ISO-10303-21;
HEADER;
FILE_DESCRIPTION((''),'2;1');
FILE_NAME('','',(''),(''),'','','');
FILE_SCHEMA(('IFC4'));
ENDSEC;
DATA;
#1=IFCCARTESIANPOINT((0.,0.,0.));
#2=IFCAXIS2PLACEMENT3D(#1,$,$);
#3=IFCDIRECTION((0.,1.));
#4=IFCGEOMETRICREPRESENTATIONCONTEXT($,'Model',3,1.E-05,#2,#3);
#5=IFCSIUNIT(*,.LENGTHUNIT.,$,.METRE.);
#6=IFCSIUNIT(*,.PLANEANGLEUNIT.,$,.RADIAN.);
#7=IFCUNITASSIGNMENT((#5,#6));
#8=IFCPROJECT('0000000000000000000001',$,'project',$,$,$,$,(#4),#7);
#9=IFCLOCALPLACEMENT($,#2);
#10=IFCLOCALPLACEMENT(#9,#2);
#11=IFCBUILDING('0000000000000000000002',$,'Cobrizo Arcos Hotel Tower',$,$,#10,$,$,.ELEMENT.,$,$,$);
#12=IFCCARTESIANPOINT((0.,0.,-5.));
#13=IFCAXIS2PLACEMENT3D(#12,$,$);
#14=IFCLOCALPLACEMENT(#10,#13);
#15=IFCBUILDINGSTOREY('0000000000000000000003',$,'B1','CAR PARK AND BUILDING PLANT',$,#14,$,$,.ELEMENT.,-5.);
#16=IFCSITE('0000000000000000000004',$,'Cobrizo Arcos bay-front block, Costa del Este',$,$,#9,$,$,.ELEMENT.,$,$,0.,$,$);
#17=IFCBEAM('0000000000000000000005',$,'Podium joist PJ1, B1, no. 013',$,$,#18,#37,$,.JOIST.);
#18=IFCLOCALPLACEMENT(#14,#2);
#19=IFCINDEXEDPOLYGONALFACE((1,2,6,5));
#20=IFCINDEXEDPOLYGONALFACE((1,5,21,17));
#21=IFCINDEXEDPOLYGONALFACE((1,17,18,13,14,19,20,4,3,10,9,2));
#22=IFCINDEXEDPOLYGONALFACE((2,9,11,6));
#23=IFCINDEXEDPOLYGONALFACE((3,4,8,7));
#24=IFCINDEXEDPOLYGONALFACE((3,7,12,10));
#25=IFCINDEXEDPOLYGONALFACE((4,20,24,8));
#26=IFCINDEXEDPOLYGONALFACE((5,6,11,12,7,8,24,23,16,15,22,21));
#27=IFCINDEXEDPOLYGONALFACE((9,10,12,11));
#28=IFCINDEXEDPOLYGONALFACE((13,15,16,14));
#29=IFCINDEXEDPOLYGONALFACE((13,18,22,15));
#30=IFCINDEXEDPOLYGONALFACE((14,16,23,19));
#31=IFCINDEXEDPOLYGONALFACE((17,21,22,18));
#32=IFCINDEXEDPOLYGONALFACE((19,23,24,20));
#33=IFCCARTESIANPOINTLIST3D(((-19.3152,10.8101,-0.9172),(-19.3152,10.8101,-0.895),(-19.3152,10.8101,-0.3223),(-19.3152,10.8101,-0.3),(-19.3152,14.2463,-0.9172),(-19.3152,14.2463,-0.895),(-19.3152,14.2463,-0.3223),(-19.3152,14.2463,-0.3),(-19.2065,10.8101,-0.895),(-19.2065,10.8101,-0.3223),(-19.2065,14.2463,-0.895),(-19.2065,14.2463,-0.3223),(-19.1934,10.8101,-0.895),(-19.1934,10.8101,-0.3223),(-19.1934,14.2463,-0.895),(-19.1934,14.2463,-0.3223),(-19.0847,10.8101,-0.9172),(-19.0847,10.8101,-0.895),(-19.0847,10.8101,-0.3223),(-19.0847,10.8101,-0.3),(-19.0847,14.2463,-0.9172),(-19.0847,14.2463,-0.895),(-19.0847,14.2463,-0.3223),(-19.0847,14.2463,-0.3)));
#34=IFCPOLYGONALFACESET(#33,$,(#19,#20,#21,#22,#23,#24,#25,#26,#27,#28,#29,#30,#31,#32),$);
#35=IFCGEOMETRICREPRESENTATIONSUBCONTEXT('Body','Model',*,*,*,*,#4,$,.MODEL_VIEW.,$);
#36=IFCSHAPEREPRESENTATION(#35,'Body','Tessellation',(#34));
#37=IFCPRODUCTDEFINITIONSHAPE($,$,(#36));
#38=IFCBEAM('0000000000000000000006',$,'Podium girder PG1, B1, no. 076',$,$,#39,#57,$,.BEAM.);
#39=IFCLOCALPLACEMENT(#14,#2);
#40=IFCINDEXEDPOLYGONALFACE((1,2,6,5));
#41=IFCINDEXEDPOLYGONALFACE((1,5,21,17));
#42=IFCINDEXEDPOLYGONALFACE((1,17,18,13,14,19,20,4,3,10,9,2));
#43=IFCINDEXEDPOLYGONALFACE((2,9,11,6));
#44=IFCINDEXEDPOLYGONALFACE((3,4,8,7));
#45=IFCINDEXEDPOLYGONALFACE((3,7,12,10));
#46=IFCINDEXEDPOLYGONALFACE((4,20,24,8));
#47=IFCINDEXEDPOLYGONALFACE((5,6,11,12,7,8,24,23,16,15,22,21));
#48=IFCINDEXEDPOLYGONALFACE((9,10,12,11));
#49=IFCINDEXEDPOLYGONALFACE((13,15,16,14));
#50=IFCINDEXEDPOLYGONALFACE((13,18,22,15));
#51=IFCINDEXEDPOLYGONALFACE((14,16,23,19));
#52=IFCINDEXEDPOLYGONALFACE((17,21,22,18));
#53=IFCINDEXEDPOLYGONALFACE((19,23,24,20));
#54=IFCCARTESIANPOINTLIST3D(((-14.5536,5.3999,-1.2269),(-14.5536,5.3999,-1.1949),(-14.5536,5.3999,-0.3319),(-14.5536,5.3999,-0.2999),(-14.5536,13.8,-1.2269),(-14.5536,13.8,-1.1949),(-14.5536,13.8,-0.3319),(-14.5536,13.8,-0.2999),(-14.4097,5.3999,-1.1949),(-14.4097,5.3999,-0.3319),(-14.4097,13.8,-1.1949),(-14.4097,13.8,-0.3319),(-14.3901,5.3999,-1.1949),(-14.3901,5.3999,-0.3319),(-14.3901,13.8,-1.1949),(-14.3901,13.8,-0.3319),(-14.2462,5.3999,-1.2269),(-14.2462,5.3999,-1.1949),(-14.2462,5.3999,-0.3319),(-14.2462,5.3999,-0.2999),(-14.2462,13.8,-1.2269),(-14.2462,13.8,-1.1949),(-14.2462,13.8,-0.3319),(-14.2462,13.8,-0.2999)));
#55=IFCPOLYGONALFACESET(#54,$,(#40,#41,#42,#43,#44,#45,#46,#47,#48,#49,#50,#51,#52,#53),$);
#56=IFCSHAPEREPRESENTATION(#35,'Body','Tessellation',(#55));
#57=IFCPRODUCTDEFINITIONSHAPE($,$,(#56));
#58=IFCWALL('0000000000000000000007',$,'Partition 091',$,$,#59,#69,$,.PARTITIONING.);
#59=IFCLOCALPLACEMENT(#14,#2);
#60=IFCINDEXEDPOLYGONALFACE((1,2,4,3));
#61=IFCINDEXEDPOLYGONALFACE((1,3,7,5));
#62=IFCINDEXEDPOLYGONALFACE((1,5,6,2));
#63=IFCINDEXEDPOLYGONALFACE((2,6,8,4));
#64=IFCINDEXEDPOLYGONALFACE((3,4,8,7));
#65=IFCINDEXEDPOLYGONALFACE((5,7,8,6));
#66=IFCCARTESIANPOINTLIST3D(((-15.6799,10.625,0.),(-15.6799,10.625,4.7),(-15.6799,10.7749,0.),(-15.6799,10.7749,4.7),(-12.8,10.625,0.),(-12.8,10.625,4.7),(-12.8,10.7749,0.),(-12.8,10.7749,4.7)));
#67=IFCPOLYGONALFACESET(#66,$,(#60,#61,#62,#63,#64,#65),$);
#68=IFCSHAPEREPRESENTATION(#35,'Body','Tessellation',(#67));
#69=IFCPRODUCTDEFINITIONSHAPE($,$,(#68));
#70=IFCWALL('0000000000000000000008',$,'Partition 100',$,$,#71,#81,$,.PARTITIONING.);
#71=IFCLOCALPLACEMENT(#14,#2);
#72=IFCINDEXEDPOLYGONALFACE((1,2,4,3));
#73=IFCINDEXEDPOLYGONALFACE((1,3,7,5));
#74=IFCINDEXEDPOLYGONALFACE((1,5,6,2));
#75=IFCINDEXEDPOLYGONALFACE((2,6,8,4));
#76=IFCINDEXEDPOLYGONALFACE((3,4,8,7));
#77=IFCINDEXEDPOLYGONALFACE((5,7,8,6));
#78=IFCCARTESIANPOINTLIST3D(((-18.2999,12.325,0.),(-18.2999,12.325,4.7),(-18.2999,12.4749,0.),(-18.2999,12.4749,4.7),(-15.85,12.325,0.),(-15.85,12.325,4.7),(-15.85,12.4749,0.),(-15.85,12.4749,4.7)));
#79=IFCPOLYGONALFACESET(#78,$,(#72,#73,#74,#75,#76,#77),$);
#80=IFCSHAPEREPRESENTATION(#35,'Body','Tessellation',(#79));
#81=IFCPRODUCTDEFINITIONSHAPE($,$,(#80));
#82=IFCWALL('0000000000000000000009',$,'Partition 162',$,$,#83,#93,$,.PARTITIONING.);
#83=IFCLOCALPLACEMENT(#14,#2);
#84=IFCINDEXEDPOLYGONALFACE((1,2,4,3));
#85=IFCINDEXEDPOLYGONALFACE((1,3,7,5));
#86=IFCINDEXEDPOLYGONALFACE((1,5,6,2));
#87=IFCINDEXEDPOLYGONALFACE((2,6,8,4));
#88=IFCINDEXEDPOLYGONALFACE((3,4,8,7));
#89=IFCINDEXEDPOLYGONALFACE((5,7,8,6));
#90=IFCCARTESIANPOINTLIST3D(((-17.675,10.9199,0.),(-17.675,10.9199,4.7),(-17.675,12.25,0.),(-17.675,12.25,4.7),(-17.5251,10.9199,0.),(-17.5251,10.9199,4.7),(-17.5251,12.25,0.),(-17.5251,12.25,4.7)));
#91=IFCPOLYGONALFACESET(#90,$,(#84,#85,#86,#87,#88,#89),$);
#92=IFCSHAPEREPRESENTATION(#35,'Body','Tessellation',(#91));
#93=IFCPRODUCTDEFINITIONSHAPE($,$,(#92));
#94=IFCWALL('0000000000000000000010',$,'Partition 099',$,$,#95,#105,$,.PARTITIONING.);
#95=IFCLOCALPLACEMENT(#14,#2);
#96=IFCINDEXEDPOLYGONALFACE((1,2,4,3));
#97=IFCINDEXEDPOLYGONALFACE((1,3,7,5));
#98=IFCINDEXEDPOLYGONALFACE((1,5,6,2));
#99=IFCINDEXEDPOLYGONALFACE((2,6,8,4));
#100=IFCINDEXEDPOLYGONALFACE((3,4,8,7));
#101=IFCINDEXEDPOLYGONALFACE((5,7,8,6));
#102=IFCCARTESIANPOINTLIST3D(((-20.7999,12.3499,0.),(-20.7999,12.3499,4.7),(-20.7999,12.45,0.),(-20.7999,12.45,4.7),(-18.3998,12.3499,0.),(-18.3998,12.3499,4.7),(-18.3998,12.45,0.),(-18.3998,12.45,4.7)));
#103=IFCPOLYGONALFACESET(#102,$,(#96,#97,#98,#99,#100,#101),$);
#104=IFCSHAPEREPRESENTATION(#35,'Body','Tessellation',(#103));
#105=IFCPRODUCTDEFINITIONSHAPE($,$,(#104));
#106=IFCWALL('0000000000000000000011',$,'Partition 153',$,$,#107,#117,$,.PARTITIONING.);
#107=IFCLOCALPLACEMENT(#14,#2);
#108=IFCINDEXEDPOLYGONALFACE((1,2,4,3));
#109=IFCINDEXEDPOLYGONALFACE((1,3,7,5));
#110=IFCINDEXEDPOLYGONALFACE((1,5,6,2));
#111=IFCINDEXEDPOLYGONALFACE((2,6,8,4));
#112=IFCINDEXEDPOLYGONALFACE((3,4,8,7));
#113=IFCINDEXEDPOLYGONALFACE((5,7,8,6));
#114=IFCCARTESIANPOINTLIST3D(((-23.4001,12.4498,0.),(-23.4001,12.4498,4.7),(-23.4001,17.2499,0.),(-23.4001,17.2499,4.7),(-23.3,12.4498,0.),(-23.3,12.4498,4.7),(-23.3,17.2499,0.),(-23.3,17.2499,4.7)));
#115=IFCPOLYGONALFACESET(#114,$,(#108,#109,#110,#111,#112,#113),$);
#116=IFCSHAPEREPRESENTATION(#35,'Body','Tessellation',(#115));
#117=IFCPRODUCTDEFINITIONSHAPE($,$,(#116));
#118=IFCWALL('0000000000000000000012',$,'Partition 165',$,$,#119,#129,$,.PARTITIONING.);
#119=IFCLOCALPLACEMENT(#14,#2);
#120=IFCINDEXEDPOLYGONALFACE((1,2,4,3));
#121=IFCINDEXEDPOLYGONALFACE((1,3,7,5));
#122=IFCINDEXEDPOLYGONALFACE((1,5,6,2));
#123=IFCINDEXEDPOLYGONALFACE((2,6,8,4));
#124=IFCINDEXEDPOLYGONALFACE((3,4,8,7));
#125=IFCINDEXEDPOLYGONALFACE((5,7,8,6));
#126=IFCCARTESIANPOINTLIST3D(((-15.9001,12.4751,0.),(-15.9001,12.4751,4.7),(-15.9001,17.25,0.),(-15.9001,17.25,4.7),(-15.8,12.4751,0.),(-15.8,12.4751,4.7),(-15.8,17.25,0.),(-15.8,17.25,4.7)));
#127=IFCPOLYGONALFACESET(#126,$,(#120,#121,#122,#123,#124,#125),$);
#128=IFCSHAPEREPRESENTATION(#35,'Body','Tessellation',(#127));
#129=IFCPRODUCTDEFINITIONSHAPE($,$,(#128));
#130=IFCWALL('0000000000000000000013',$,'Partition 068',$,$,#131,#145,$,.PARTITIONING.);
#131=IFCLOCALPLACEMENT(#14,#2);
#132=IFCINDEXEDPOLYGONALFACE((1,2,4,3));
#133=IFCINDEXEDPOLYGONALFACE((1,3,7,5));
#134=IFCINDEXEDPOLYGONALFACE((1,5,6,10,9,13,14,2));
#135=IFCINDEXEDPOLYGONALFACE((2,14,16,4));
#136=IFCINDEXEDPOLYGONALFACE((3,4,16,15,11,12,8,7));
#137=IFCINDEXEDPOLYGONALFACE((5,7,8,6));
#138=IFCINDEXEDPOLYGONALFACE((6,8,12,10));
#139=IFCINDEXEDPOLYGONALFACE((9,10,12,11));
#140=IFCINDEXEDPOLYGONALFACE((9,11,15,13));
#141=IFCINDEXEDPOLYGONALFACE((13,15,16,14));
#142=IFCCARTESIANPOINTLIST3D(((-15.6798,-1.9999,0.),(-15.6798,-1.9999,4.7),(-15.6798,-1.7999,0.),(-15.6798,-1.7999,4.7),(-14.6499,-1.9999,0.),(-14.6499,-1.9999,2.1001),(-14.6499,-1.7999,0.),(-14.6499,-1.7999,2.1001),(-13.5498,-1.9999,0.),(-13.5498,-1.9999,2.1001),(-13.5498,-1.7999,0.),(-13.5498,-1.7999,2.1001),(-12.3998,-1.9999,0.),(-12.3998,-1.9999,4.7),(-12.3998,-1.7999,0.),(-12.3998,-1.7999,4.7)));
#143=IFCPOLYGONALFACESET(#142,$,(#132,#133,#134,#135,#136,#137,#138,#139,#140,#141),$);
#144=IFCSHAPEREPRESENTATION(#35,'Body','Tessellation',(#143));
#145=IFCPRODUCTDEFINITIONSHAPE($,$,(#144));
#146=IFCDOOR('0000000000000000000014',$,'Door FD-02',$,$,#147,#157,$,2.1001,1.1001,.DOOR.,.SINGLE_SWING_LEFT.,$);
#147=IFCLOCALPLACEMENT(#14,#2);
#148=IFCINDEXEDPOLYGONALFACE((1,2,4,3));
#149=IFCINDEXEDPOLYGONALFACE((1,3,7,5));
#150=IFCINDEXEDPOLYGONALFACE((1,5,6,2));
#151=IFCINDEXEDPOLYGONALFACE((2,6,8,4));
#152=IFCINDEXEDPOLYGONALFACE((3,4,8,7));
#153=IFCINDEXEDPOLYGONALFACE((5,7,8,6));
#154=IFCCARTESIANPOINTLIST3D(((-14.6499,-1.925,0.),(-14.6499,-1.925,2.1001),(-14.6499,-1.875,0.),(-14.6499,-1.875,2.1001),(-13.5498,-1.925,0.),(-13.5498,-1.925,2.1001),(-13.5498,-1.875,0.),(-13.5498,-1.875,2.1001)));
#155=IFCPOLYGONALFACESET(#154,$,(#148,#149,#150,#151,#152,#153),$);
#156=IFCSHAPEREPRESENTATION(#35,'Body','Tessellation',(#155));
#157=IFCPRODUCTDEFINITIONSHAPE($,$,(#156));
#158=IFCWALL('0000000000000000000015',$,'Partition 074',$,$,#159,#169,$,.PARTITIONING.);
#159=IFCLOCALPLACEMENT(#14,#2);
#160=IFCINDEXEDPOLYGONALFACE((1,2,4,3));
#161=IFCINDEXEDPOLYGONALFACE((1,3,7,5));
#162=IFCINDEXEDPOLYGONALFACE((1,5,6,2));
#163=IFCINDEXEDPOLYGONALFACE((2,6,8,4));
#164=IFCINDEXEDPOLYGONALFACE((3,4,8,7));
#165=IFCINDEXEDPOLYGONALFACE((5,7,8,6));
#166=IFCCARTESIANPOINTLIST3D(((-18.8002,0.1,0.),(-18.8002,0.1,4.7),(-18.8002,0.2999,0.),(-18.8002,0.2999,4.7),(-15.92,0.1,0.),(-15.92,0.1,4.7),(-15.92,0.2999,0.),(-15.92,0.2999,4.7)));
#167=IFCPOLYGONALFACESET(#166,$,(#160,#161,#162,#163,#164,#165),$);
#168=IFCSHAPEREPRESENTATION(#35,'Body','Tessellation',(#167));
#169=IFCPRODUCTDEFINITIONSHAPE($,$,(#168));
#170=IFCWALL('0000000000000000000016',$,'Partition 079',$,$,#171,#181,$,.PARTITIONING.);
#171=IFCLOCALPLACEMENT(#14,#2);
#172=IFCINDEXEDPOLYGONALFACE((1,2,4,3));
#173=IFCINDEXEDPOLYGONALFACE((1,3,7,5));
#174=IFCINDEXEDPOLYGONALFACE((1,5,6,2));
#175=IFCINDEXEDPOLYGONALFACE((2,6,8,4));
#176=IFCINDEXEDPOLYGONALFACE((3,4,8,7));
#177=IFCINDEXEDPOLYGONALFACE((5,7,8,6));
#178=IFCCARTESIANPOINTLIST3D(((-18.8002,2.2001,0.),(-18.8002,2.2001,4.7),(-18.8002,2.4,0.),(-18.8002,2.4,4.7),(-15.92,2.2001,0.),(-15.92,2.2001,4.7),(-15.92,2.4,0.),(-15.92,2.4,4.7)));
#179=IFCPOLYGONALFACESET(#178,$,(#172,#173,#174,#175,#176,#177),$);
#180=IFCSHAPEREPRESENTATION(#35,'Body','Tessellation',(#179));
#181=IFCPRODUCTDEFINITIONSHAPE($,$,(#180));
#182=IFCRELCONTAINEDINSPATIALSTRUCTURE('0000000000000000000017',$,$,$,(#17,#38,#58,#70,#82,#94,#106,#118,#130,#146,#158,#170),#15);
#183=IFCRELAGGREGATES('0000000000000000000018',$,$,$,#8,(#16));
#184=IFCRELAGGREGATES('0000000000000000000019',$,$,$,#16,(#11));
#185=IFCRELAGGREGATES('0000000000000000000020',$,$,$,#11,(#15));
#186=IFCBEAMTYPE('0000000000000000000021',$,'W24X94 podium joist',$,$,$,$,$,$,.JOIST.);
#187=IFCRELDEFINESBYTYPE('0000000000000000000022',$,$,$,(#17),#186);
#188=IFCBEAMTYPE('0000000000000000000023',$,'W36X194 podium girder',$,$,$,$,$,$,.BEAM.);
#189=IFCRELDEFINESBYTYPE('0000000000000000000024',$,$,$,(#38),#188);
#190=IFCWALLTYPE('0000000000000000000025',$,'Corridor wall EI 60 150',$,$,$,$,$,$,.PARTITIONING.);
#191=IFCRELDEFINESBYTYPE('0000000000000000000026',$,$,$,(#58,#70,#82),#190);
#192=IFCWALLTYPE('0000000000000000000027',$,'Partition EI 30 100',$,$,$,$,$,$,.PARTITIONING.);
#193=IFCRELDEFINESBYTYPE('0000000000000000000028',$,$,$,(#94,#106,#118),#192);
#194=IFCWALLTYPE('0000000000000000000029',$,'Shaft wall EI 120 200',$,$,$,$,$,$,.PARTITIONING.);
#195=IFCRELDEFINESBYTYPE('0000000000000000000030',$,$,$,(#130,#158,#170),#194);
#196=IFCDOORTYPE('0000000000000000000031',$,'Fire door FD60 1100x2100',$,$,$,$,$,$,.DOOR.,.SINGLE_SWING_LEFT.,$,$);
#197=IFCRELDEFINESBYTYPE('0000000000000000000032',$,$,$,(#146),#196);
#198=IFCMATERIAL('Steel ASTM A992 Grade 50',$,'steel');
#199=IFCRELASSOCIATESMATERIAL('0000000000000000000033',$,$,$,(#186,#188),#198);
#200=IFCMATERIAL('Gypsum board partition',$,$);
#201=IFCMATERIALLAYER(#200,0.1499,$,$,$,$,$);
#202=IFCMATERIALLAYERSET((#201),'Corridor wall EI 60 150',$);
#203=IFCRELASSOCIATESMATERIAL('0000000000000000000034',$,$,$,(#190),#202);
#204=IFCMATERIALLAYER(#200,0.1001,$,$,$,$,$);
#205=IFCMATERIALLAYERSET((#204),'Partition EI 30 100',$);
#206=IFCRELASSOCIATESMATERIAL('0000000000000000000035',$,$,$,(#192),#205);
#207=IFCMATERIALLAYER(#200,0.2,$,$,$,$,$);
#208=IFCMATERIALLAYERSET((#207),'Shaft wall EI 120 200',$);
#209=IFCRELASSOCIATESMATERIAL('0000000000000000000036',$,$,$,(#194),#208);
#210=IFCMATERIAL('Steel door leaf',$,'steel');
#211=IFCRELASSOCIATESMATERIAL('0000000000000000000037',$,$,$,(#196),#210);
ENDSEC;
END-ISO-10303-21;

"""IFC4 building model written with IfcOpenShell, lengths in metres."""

from ifc_helpers import new_model, si_unit, direction, frame, frame_2d, origin, origin_2d, place, context, subcontext, project, spatial, rectangle, i_section, extrude, material, layer, layer_set, material_profile, profile_set, type_object, element, fill, save


model = new_model("IFC4")

# Units and contexts
model_context = context("Model", 3, precision=1e-05, world=origin(), true_north=direction((0.0, 1.0)))
body_context = subcontext(model_context, "Body", "Model", "MODEL_VIEW")
ifc_project = project(units=[si_unit("LENGTHUNIT", "METRE"), si_unit("PLANEANGLEUNIT", "RADIAN")], contexts=[model_context])

# Site, building, storey
site_placement = place(None, origin())
site = spatial("IfcSite", under=ifc_project, at=site_placement, Name="Cobrizo Arcos bay-front block, Costa del Este", CompositionType="ELEMENT", RefElevation=0.0)
building_placement = place(site_placement, origin())
building = spatial("IfcBuilding", under=site, at=building_placement, Name="Cobrizo Arcos Hotel Tower", CompositionType="ELEMENT")
storey_placement = place(building_placement, frame((0.0, 0.0, -5.0)))
storey = spatial("IfcBuildingStorey", under=building, at=storey_placement, Name="B1", Description="CAR PARK AND BUILDING PLANT", CompositionType="ELEMENT", Elevation=-5.0)

# Beams
ifc_material_1 = material(Name="Steel ASTM A992 Grade 50", Category="steel")
ifc_material_profile_1 = material_profile(ifc_material_1, i_section(OverallWidth=0.2305, OverallDepth=0.6172, WebThickness=0.0132, FlangeThickness=0.0222, at=origin_2d()), Name="W24X94")
ifc_profile_set_1 = profile_set([ifc_material_profile_1], Name="Steel ASTM A992 Grade 50")
beam_type_1 = type_object("IfcBeamType", Name="W24X94 podium joist", PredefinedType="JOIST", material=ifc_profile_set_1)
beam_1_placement = place(storey_placement, frame((-19.2, 10.8101, -0.6086), z_axis=(0.0, 1.0, 0.0), x_axis=(-1.0, 0.0, 0.0)))
element("IfcBeam", 1, at=beam_1_placement, inside=storey, type_object=beam_type_1, Name="Podium joist PJ1, B1, no. 013", PredefinedType="JOIST", context=body_context, shape_type="SweptSolid", body=[
    extrude(i_section(OverallWidth=0.2305, OverallDepth=0.6172, WebThickness=0.0132, FlangeThickness=0.0222, at=origin_2d()), origin(), (0.0, 0.0, 1.0), 3.4363),
])
ifc_material_profile_2 = material_profile(ifc_material_1, i_section(OverallWidth=0.3074, OverallDepth=0.927, WebThickness=0.0195, FlangeThickness=0.032, at=origin_2d()), Name="W36X194")
ifc_profile_set_2 = profile_set([ifc_material_profile_2], Name="Steel ASTM A992 Grade 50")
beam_type_2 = type_object("IfcBeamType", Name="W36X194 podium girder", PredefinedType="BEAM", material=ifc_profile_set_2)
beam_2_placement = place(storey_placement, frame((-14.3999, 5.3999, -0.7634), z_axis=(0.0, 1.0, 0.0), x_axis=(-1.0, 0.0, 0.0)))
element("IfcBeam", 2, at=beam_2_placement, inside=storey, type_object=beam_type_2, Name="Podium girder PG1, B1, no. 076", PredefinedType="BEAM", context=body_context, shape_type="SweptSolid", body=[
    extrude(i_section(OverallWidth=0.3074, OverallDepth=0.927, WebThickness=0.0195, FlangeThickness=0.032, at=origin_2d()), origin(), (0.0, 0.0, 1.0), 8.4001),
])

# Walls
ifc_material_2 = material(Name="Gypsum board partition")
ifc_layer_1 = layer(ifc_material_2, 0.1499)
ifc_layer_set_1 = layer_set([ifc_layer_1], Name="Corridor wall EI 60 150")
wall_type_1 = type_object("IfcWallType", Name="Corridor wall EI 60 150", PredefinedType="PARTITIONING", material=ifc_layer_set_1)
wall_1_placement = place(storey_placement, frame((-15.6799, 10.7, 0.0), z_axis=(0.0, 0.0, 1.0), x_axis=(1.0, 0.0, 0.0)))
element("IfcWall", 3, at=wall_1_placement, inside=storey, type_object=wall_type_1, Name="Partition 091", PredefinedType="PARTITIONING", context=body_context, shape_type="SweptSolid", body=[
    extrude(rectangle(XDim=2.8799, YDim=0.1499, at=frame_2d((1.4399, 0.0))), origin(), (0.0, 0.0, 1.0), 4.7),
])
wall_2_placement = place(storey_placement, frame((-18.3, 12.3999, 0.0), z_axis=(0.0, 0.0, 1.0), x_axis=(1.0, 0.0, 0.0)))
element("IfcWall", 4, at=wall_2_placement, inside=storey, type_object=wall_type_1, Name="Partition 100", PredefinedType="PARTITIONING", context=body_context, shape_type="SweptSolid", body=[
    extrude(rectangle(XDim=2.45, YDim=0.1499, at=frame_2d((1.2251, 0.0))), origin(), (0.0, 0.0, 1.0), 4.7),
])
wall_3_placement = place(storey_placement, frame((-17.6001, 10.9199, 0.0), z_axis=(0.0, 0.0, 1.0), x_axis=(0.0, 1.0, 0.0)))
element("IfcWall", 5, at=wall_3_placement, inside=storey, type_object=wall_type_1, Name="Partition 162", PredefinedType="PARTITIONING", context=body_context, shape_type="SweptSolid", body=[
    extrude(rectangle(XDim=1.3301, YDim=0.1499, at=frame_2d((0.665, 0.0))), origin(), (0.0, 0.0, 1.0), 4.7),
])
ifc_layer_2 = layer(ifc_material_2, 0.1001)
ifc_layer_set_2 = layer_set([ifc_layer_2], Name="Partition EI 30 100")
wall_type_2 = type_object("IfcWallType", Name="Partition EI 30 100", PredefinedType="PARTITIONING", material=ifc_layer_set_2)
wall_4_placement = place(storey_placement, frame((-20.8, 12.3999, 0.0), z_axis=(0.0, 0.0, 1.0), x_axis=(1.0, 0.0, 0.0)))
element("IfcWall", 6, at=wall_4_placement, inside=storey, type_object=wall_type_2, Name="Partition 099", PredefinedType="PARTITIONING", context=body_context, shape_type="SweptSolid", body=[
    extrude(rectangle(XDim=2.4001, YDim=0.1001, at=frame_2d((1.2002, 0.0))), origin(), (0.0, 0.0, 1.0), 4.7),
])
wall_5_placement = place(storey_placement, frame((-23.3501, 12.45, 0.0), z_axis=(0.0, 0.0, 1.0), x_axis=(0.0, 1.0, 0.0)))
element("IfcWall", 7, at=wall_5_placement, inside=storey, type_object=wall_type_2, Name="Partition 153", PredefinedType="PARTITIONING", context=body_context, shape_type="SweptSolid", body=[
    extrude(rectangle(XDim=4.8, YDim=0.1001, at=frame_2d((2.3999, 0.0))), origin(), (0.0, 0.0, 1.0), 4.7),
])
wall_6_placement = place(storey_placement, frame((-15.8501, 12.4751, 0.0), z_axis=(0.0, 0.0, 1.0), x_axis=(0.0, 1.0, 0.0)))
element("IfcWall", 8, at=wall_6_placement, inside=storey, type_object=wall_type_2, Name="Partition 165", PredefinedType="PARTITIONING", context=body_context, shape_type="SweptSolid", body=[
    extrude(rectangle(XDim=4.7749, YDim=0.1001, at=frame_2d((2.3875, 0.0))), origin(), (0.0, 0.0, 1.0), 4.7),
])

# Wall, opening, door
ifc_layer_3 = layer(ifc_material_2, 0.2)
ifc_layer_set_3 = layer_set([ifc_layer_3], Name="Shaft wall EI 120 200")
wall_type_3 = type_object("IfcWallType", Name="Shaft wall EI 120 200", PredefinedType="PARTITIONING", material=ifc_layer_set_3)
wall_7_placement = place(storey_placement, frame((-15.6799, -1.8999, 0.0), z_axis=(0.0, 0.0, 1.0), x_axis=(1.0, 0.0, 0.0)))
wall_7 = element("IfcWall", 9, at=wall_7_placement, inside=storey, type_object=wall_type_3, Name="Partition 068", PredefinedType="PARTITIONING", context=body_context, shape_type="SweptSolid", body=[
    extrude(rectangle(XDim=3.28, YDim=0.2, at=frame_2d((1.6401, 0.0))), origin(), (0.0, 0.0, 1.0), 4.7),
])
opening_1_placement = place(wall_7_placement, frame((1.03, 0.0, 0.0)))
opening_1 = element("IfcOpeningElement", 10, at=opening_1_placement, cuts=wall_7, PredefinedType="OPENING", context=body_context, shape_type="SweptSolid", body=[
    extrude(rectangle(XDim=1.1001, YDim=2.1001, at=frame_2d((0.55, 1.05))), frame((0.0, 0.1121, 0.0), z_axis=(0.0, -1.0, 0.0), x_axis=(1.0, 0.0, 0.0)), (0.0, 0.0, 1.0), 0.2239),
])
ifc_material_3 = material(Name="Steel door leaf", Category="steel")
door_type = type_object("IfcDoorType", Name="Fire door FD60 1100x2100", OperationType="SINGLE_SWING_LEFT", PredefinedType="DOOR", material=ifc_material_3)
door_1_placement = place(opening_1_placement, origin())
door_1 = element("IfcDoor", 11, at=door_1_placement, inside=storey, type_object=door_type, Name="Door FD-02", OperationType="SINGLE_SWING_LEFT", OverallHeight=2.1001, OverallWidth=1.1001, PredefinedType="DOOR", context=body_context, shape_type="SweptSolid", body=[
    extrude(rectangle(XDim=1.1001, YDim=2.1001, at=frame_2d((0.55, 1.05))), frame((0.0, 0.0249, 0.0), z_axis=(0.0, -1.0, 0.0), x_axis=(1.0, 0.0, 0.0)), (0.0, 0.0, 1.0), 0.05),
])
fill(opening_1, door_1)

# Walls
for number, where, z_axis, x_axis, name in (
    (12, (-18.8, 0.2, 0.0), (0.0, 0.0, 1.0), (1.0, 0.0, 0.0), "Partition 074"),
    (13, (-18.8, 2.3, 0.0), (0.0, 0.0, 1.0), (1.0, 0.0, 0.0), "Partition 079"),
):
    element("IfcWall", number, at=place(storey_placement, frame(where, z_axis=z_axis, x_axis=x_axis)), inside=storey, type_object=wall_type_3, Name=name, PredefinedType="PARTITIONING", context=body_context, shape_type="SweptSolid", body=[
        extrude(rectangle(XDim=2.8801, YDim=0.2, at=frame_2d((1.4399, 0.0))), origin(), (0.0, 0.0, 1.0), 4.7),
    ])

save(model, "model.ifc")
